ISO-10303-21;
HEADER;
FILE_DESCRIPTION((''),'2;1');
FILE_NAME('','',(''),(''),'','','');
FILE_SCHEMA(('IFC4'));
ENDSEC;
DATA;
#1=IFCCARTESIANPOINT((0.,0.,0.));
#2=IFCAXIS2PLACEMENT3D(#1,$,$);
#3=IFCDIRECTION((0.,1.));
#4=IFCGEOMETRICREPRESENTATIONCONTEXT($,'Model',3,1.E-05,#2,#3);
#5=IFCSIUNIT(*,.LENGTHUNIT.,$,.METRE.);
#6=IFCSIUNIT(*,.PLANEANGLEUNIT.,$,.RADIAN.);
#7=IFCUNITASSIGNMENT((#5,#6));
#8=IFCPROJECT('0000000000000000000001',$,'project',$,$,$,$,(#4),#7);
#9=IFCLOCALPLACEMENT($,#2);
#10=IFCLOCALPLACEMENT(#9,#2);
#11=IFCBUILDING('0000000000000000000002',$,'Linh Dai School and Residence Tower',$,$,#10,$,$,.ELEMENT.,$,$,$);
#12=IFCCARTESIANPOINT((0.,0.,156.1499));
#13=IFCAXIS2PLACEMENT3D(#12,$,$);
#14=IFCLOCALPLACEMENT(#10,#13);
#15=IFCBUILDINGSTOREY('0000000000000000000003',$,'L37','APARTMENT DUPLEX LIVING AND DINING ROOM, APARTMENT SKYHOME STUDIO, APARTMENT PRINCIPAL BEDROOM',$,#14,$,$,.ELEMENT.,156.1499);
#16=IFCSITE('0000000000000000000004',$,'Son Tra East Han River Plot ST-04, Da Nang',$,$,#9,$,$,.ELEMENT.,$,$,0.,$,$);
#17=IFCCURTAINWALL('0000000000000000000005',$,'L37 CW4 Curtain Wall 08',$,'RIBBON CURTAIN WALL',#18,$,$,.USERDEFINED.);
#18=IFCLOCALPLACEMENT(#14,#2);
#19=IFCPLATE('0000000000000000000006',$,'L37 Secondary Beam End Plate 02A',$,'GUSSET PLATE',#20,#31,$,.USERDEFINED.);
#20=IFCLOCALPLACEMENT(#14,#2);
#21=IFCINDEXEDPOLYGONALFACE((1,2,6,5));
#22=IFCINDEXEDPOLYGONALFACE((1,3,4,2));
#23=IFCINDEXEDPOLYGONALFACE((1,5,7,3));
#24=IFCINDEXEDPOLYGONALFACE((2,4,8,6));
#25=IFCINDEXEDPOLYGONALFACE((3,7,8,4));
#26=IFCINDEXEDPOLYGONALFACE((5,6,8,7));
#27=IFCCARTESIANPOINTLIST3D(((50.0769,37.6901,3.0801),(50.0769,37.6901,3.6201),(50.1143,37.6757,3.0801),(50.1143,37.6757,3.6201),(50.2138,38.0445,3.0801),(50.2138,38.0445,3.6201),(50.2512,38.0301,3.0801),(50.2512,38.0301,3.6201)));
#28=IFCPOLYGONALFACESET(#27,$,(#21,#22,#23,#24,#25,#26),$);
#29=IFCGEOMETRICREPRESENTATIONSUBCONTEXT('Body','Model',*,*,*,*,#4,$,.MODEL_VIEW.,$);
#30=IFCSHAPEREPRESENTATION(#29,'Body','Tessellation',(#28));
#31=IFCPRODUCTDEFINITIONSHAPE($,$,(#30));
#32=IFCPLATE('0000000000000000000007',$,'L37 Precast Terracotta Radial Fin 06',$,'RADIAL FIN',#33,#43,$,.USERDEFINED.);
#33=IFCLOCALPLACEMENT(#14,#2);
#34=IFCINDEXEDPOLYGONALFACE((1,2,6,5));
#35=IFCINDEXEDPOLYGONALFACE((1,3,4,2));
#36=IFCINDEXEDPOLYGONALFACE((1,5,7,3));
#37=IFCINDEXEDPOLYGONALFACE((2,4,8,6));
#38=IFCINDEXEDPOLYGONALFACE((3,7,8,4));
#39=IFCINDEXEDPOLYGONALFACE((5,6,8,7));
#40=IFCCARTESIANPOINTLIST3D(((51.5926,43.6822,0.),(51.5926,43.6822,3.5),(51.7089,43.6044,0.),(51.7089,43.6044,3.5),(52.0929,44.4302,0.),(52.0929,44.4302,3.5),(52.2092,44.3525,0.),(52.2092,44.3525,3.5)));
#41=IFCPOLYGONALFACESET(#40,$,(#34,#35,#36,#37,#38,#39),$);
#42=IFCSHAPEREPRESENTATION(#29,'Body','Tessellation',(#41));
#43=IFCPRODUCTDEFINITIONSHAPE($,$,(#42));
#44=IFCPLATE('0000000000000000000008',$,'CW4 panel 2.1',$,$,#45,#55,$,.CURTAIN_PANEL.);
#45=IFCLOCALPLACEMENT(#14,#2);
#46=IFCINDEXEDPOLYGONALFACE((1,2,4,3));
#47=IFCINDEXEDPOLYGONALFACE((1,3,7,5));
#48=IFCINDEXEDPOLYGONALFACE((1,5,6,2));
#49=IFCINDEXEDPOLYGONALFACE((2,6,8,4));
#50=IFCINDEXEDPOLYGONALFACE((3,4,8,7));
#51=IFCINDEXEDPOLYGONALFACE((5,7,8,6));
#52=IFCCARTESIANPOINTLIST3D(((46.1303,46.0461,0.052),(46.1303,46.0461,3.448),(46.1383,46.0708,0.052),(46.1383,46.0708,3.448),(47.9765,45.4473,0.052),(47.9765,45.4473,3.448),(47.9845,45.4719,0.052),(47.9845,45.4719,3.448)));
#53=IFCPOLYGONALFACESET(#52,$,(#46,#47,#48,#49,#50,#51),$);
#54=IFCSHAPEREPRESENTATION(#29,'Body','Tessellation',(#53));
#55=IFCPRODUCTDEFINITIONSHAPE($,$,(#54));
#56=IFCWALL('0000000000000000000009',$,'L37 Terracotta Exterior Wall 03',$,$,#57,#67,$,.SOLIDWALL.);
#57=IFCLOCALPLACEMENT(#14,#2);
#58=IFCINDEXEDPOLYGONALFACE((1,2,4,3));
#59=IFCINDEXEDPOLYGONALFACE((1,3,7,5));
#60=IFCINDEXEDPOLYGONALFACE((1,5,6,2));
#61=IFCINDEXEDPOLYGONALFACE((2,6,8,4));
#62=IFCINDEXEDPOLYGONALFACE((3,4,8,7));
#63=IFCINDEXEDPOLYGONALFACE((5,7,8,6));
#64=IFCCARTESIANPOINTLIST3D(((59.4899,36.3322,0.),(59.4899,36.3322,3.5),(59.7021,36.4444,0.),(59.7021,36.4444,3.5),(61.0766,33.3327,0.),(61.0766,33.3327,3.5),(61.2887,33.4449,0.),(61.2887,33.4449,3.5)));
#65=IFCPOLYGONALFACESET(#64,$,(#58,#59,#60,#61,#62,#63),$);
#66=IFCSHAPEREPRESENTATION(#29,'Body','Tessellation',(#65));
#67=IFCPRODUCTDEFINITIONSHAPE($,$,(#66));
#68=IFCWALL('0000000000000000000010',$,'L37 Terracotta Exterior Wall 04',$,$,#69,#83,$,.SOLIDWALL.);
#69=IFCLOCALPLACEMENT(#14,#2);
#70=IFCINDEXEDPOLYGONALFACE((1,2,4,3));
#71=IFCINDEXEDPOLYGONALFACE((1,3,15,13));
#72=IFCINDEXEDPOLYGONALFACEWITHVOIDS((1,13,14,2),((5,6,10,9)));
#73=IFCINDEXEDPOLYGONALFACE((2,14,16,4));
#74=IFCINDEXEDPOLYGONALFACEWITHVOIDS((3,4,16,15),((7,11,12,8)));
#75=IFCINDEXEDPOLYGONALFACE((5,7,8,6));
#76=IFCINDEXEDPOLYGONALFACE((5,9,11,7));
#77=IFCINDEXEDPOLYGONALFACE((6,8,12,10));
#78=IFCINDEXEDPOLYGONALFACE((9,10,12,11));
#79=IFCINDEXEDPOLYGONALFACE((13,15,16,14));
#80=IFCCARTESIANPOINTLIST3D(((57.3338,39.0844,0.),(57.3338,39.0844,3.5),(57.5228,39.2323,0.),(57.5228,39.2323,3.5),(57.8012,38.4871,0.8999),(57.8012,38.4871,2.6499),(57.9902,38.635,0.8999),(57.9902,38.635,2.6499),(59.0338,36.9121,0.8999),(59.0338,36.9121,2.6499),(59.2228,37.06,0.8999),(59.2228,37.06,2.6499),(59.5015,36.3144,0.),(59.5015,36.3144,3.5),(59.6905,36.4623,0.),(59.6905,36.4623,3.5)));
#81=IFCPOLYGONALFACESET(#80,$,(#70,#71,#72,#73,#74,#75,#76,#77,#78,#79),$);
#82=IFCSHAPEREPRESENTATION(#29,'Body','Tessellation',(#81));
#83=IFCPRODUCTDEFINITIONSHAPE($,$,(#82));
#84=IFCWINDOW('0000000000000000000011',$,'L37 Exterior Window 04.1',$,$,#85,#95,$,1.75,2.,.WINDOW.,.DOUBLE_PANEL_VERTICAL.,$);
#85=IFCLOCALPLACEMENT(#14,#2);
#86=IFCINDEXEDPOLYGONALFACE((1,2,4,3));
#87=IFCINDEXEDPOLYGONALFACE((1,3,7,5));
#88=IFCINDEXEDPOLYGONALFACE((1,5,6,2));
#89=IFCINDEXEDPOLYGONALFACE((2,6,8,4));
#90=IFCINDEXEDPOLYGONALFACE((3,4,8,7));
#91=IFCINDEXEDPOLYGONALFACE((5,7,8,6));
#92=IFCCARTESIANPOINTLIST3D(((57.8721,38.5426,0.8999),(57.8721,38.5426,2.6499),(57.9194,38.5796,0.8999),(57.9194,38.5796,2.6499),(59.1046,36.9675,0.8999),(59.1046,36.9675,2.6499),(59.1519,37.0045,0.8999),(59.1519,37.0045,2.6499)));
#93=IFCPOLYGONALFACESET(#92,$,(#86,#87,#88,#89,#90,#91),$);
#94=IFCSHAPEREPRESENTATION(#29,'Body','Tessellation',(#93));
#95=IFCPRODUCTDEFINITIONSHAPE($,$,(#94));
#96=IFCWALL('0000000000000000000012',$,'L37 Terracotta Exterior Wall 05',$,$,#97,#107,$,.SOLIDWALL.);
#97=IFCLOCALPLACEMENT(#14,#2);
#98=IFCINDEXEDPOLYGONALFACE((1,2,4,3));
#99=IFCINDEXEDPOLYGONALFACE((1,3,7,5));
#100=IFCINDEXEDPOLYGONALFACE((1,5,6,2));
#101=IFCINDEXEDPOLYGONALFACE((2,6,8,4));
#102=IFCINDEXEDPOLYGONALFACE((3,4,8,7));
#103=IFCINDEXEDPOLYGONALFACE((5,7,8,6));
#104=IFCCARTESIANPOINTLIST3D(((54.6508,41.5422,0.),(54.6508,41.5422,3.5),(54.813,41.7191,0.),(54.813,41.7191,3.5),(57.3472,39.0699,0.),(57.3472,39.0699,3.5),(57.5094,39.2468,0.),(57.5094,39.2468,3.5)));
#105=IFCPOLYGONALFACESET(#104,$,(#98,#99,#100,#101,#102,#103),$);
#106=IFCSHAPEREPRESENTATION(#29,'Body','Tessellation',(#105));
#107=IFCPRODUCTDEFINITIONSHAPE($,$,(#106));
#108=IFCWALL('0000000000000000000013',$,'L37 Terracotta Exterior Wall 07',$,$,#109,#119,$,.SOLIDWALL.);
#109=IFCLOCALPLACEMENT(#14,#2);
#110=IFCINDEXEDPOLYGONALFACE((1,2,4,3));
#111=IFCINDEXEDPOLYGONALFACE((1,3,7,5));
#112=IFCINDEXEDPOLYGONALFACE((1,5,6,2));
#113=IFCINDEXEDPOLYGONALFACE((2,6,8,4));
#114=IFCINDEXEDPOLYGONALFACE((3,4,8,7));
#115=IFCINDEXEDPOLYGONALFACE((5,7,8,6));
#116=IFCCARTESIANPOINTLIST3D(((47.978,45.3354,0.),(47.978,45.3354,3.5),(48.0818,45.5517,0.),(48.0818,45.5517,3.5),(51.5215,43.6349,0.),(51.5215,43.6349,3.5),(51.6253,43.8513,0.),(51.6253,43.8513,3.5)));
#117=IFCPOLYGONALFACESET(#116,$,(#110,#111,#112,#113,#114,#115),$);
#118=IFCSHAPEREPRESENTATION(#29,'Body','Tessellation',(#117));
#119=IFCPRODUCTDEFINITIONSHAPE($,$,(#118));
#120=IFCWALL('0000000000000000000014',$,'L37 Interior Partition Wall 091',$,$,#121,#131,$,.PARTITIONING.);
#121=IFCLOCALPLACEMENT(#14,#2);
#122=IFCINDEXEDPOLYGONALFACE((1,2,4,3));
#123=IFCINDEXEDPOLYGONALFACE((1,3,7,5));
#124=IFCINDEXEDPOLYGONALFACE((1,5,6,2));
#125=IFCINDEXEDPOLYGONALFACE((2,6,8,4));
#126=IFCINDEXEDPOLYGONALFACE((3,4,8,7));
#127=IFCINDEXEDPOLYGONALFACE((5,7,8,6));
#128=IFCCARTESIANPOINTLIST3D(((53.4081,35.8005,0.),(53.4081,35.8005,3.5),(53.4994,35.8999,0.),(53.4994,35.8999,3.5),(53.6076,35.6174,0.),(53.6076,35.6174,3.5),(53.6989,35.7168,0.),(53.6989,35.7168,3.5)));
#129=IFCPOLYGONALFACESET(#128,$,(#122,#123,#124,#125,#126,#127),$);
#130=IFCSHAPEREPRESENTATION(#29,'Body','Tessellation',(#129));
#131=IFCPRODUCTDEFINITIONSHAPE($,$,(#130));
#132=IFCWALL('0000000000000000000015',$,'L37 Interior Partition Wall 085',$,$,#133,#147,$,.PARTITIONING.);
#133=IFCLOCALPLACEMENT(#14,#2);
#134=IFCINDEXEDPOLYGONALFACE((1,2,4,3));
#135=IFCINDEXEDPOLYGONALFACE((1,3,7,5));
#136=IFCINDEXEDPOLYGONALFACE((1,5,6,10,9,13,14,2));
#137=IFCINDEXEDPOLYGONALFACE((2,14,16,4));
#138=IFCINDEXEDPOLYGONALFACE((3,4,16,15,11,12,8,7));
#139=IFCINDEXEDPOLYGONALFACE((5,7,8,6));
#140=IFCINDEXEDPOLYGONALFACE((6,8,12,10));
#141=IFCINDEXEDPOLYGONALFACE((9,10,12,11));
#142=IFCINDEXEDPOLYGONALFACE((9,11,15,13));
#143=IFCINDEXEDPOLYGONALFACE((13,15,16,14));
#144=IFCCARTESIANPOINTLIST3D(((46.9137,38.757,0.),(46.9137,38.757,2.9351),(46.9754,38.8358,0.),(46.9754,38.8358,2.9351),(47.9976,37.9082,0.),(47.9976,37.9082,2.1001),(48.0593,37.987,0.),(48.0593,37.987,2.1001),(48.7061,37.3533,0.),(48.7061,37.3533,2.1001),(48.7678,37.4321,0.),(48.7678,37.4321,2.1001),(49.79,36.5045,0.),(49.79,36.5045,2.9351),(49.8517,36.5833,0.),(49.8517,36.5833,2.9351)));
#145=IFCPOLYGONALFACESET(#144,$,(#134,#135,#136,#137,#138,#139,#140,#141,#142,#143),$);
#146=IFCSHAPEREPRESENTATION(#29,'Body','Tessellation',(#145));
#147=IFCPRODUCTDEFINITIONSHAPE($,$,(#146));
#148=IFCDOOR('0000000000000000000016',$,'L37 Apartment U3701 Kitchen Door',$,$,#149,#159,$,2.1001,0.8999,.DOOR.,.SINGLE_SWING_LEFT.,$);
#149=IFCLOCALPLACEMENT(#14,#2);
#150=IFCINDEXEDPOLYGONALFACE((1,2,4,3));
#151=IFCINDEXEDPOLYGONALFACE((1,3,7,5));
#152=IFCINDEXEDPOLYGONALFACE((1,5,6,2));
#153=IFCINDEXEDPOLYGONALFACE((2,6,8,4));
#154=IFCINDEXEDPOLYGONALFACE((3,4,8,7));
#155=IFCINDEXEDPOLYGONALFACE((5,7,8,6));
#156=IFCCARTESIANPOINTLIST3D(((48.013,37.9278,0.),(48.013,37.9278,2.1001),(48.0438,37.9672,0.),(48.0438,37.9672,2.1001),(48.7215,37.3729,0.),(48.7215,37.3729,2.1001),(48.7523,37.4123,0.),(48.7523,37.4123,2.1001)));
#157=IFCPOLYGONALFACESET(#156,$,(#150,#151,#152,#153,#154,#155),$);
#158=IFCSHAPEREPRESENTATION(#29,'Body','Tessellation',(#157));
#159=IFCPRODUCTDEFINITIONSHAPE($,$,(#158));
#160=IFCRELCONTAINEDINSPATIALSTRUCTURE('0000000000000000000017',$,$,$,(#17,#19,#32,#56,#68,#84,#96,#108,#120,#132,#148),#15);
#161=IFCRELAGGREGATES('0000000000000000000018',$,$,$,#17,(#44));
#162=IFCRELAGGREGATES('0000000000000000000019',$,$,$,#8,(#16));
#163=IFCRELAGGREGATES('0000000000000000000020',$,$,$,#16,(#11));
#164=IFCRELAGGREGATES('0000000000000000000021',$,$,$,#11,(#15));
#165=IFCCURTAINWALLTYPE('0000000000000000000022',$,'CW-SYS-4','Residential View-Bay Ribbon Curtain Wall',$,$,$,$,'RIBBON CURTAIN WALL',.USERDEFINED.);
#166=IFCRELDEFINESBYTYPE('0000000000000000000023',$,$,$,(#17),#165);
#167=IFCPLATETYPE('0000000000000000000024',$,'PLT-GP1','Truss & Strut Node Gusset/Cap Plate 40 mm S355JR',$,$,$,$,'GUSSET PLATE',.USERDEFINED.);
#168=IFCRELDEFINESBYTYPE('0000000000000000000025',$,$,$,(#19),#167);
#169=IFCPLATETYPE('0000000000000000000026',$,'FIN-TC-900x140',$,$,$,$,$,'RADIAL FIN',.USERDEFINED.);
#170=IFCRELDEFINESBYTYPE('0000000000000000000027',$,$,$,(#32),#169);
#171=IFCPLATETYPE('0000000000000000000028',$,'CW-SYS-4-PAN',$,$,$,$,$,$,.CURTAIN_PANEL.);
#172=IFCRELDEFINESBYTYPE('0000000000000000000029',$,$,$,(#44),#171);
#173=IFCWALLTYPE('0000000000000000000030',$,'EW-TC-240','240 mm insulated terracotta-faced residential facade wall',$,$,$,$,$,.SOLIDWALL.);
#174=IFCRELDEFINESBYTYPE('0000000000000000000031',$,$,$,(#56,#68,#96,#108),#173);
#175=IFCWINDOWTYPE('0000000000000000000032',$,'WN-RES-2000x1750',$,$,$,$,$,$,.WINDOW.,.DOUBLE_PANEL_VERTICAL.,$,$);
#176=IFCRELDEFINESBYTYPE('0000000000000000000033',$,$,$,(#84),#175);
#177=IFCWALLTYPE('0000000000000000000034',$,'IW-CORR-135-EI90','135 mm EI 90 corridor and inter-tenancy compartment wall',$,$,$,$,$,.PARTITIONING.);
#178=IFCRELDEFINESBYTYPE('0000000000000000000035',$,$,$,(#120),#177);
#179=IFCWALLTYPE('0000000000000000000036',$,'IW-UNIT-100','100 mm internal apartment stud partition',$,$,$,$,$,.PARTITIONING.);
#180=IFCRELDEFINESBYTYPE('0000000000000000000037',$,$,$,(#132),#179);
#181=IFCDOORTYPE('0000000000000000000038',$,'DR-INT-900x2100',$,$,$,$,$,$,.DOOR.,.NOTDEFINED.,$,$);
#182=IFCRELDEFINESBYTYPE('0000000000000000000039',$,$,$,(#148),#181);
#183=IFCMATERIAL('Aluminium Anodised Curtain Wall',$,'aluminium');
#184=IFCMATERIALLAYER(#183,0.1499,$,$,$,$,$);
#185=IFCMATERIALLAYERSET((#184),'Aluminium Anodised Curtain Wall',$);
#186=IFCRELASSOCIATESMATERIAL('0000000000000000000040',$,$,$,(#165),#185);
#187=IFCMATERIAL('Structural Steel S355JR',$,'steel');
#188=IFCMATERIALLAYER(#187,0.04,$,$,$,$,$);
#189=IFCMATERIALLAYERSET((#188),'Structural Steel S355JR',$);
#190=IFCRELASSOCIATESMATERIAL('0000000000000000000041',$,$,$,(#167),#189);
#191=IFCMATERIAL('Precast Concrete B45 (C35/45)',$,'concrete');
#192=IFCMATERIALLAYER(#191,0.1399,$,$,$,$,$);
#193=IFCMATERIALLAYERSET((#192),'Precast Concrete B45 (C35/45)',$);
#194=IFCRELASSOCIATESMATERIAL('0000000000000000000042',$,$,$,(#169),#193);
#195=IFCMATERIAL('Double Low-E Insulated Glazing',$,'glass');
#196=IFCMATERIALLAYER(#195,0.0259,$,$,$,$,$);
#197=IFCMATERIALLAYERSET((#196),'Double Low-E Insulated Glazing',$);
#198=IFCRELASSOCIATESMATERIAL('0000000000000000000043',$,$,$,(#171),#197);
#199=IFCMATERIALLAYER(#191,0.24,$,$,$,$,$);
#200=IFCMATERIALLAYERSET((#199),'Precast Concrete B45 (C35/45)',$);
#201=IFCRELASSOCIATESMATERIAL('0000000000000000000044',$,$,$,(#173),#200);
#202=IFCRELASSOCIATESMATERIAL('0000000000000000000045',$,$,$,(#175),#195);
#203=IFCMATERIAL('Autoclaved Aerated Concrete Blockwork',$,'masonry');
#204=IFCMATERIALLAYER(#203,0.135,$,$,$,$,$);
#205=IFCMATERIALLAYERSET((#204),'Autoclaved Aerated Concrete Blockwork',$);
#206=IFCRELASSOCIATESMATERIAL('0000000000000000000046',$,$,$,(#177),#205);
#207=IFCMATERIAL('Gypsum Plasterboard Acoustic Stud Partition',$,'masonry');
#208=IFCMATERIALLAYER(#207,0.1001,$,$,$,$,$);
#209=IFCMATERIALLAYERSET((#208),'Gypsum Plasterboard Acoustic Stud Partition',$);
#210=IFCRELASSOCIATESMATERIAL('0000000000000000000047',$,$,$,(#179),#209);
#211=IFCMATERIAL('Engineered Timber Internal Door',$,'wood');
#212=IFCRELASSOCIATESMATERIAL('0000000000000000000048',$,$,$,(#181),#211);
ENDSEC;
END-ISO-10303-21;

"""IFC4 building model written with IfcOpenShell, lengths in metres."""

from ifc_helpers import new_model, si_unit, direction, frame, frame_2d, origin, origin_2d, place, context, subcontext, project, spatial, rectangle, extrude, source, transform, mapped, material, layer, layer_set, type_object, element, fill, aggregate, save


model = new_model("IFC4")

# Units and contexts
model_context = context("Model", 3, precision=1e-05, world=origin(), true_north=direction((0.0, 1.0)))
body_context = subcontext(model_context, "Body", "Model", "MODEL_VIEW")
ifc_project = project(units=[si_unit("LENGTHUNIT", "METRE"), si_unit("PLANEANGLEUNIT", "RADIAN")], contexts=[model_context])

# Site, building, storey
site_placement = place(None, origin())
site = spatial("IfcSite", under=ifc_project, at=site_placement, Name="Son Tra East Han River Plot ST-04, Da Nang", CompositionType="ELEMENT", RefElevation=0.0)
building_placement = place(site_placement, origin())
building = spatial("IfcBuilding", under=site, at=building_placement, Name="Linh Dai School and Residence Tower", CompositionType="ELEMENT")
storey_placement = place(building_placement, frame((0.0, 0.0, 156.1499)))
storey = spatial("IfcBuildingStorey", under=building, at=storey_placement, Name="L37", Description="APARTMENT DUPLEX LIVING AND DINING ROOM, APARTMENT SKYHOME STUDIO, APARTMENT PRINCIPAL BEDROOM", CompositionType="ELEMENT", Elevation=156.1499)

# Shared definitions
ifc_material_1 = material(Name="Structural Steel S355JR", Category="steel")

# Curtain wall
ifc_material_2 = material(Name="Aluminium Anodised Curtain Wall", Category="aluminium")
ifc_layer_1 = layer(ifc_material_2, 0.1499)
ifc_layer_set_1 = layer_set([ifc_layer_1], Name="Aluminium Anodised Curtain Wall")
curtain_wall_type = type_object("IfcCurtainWallType", Name="CW-SYS-4", Description="Residential View-Bay Ribbon Curtain Wall", ElementType="RIBBON CURTAIN WALL", PredefinedType="USERDEFINED", material=ifc_layer_set_1)
curtain_wall_placement = place(storey_placement, origin())
curtain_wall = element("IfcCurtainWall", 1, at=curtain_wall_placement, inside=storey, type_object=curtain_wall_type, Name="L37 CW4 Curtain Wall 08", ObjectType="RIBBON CURTAIN WALL", PredefinedType="USERDEFINED")

# Plates
ifc_layer_2 = layer(ifc_material_1, 0.04)
ifc_layer_set_2 = layer_set([ifc_layer_2], Name="Structural Steel S355JR")
plate_type_1 = type_object("IfcPlateType", Name="PLT-GP1", Description="Truss & Strut Node Gusset/Cap Plate 40 mm S355JR", ElementType="GUSSET PLATE", PredefinedType="USERDEFINED", material=ifc_layer_set_2)
shared_shape_1 = source(origin(), body_context, "Body", "SweptSolid", [
    extrude(rectangle(XDim=0.04, YDim=0.3799, at=origin_2d()), origin(), (0.0, 0.0, 1.0), 0.54),
])
plate_1_placement = place(storey_placement, frame((50.1641, 37.8601, 3.0801), z_axis=(0.0, 0.0, 1.0), x_axis=(-0.932823, 0.360335, 0.0)))
element("IfcPlate", 2, at=plate_1_placement, inside=storey, type_object=plate_type_1, Name="L37 Secondary Beam End Plate 02A", ObjectType="GUSSET PLATE", PredefinedType="USERDEFINED", context=body_context, shape_type="MappedRepresentation", body=[
    mapped(shared_shape_1, transform((0.0, 0.0, 0.0), x_axis=(1.0, 0.0, 0.0), y_axis=(0.0, 1.0, 0.0), z_axis=(0.0, 0.0, 1.0), scale=1.0)),
])
ifc_material_3 = material(Name="Precast Concrete B45 (C35/45)", Category="concrete")
ifc_layer_3 = layer(ifc_material_3, 0.1399)
ifc_layer_set_3 = layer_set([ifc_layer_3], Name="Precast Concrete B45 (C35/45)")
plate_type_2 = type_object("IfcPlateType", Name="FIN-TC-900x140", ElementType="RADIAL FIN", PredefinedType="USERDEFINED", material=ifc_layer_set_3)
shared_shape_2 = source(origin(), body_context, "Body", "SweptSolid", [
    extrude(rectangle(XDim=0.8999, YDim=0.1399, at=origin_2d()), origin(), (0.0, 0.0, 1.0), 3.5),
])
plate_2_placement = place(storey_placement, frame((51.9009, 44.0173, 0.0), z_axis=(0.0, 0.0, 1.0), x_axis=(0.555931, 0.831228, 0.0)))
element("IfcPlate", 3, at=plate_2_placement, inside=storey, type_object=plate_type_2, Name="L37 Precast Terracotta Radial Fin 06", ObjectType="RADIAL FIN", PredefinedType="USERDEFINED", context=body_context, shape_type="MappedRepresentation", body=[
    mapped(shared_shape_2, transform((0.0, 0.0, 0.0), x_axis=(1.0, 0.0, 0.0), y_axis=(0.0, 1.0, 0.0), z_axis=(0.0, 0.0, 1.0), scale=1.0)),
])

# Plate
ifc_material_4 = material(Name="Double Low-E Insulated Glazing", Category="glass")
ifc_layer_4 = layer(ifc_material_4, 0.0259)
ifc_layer_set_4 = layer_set([ifc_layer_4], Name="Double Low-E Insulated Glazing")
plate_type_3 = type_object("IfcPlateType", Name="CW-SYS-4-PAN", PredefinedType="CURTAIN_PANEL", material=ifc_layer_set_4)
shared_shape_3 = source(origin(), body_context, "Body", "SweptSolid", [
    extrude(rectangle(XDim=1.9409, YDim=0.0259, at=origin_2d()), origin(), (0.0, 0.0, 1.0), 3.396),
])
plate_3_placement = place(storey_placement, frame((47.0574, 45.759, 0.052), z_axis=(0.0, 0.0, 1.0), x_axis=(0.951213, -0.308536, 0.0)))
plate_3 = element("IfcPlate", 4, at=plate_3_placement, type_object=plate_type_3, Name="CW4 panel 2.1", PredefinedType="CURTAIN_PANEL", context=body_context, shape_type="MappedRepresentation", body=[
    mapped(shared_shape_3, transform((0.0, 0.0, 0.0), x_axis=(1.0, 0.0, 0.0), y_axis=(0.0, 1.0, 0.0), z_axis=(0.0, 0.0, 1.0), scale=1.0)),
])
aggregate(curtain_wall, [plate_3])

# Wall
ifc_layer_5 = layer(ifc_material_3, 0.24)
ifc_layer_set_5 = layer_set([ifc_layer_5], Name="Precast Concrete B45 (C35/45)")
wall_type_1 = type_object("IfcWallType", Name="EW-TC-240", Description="240 mm insulated terracotta-faced residential facade wall", PredefinedType="SOLIDWALL", material=ifc_layer_set_5)
wall_1_placement = place(storey_placement, frame((59.5959, 36.3884, 0.0), z_axis=(0.0, 0.0, 1.0), x_axis=(0.467587, -0.883947, 0.0)))
element("IfcWall", 5, at=wall_1_placement, inside=storey, type_object=wall_type_1, Name="L37 Terracotta Exterior Wall 03", PredefinedType="SOLIDWALL", context=body_context, shape_type="SweptSolid", body=[
    extrude(rectangle(XDim=3.3933, YDim=0.24, at=frame_2d((1.6968, 0.0))), origin(), (0.0, 0.0, 1.0), 3.5),
])

# Wall, opening, window
wall_2_placement = place(storey_placement, frame((57.4282, 39.1584, 0.0), z_axis=(0.0, 0.0, 1.0), x_axis=(0.616288, -0.787521, 0.0)))
wall_2 = element("IfcWall", 6, at=wall_2_placement, inside=storey, type_object=wall_type_1, Name="L37 Terracotta Exterior Wall 04", PredefinedType="SOLIDWALL", context=body_context, shape_type="SweptSolid", body=[
    extrude(rectangle(XDim=3.5173, YDim=0.24, at=frame_2d((1.7588, 0.0))), origin(), (0.0, 0.0, 1.0), 3.5),
])
opening_1_placement = place(wall_2_placement, frame((0.7585, 0.0, 0.8999)))
opening_1 = element("IfcOpeningElement", 7, at=opening_1_placement, cuts=wall_2, PredefinedType="OPENING", context=body_context, shape_type="SweptSolid", body=[
    extrude(rectangle(XDim=2.0, YDim=1.75, at=origin_2d()), frame((1.0, 0.1299, 0.875), z_axis=(0.0, -1.0, 0.0), x_axis=(1.0, 0.0, 0.0)), (0.0, 0.0, 1.0), 0.26),
])
window_type = type_object("IfcWindowType", Name="WN-RES-2000x1750", PartitioningType="DOUBLE_PANEL_VERTICAL", PredefinedType="WINDOW", material=ifc_material_4)
shared_shape_4 = source(origin(), body_context, "Body", "SweptSolid", [
    extrude(rectangle(XDim=2.0, YDim=1.75, at=origin_2d()), frame((1.0, 0.03, 0.875), z_axis=(0.0, -1.0, 0.0), x_axis=(1.0, 0.0, 0.0)), (0.0, 0.0, 1.0), 0.0601),
])
window_placement = place(opening_1_placement, origin())
window = element("IfcWindow", 8, at=window_placement, inside=storey, type_object=window_type, Name="L37 Exterior Window 04.1", OverallHeight=1.75, OverallWidth=2.0, PartitioningType="DOUBLE_PANEL_VERTICAL", PredefinedType="WINDOW", context=body_context, shape_type="MappedRepresentation", body=[
    mapped(shared_shape_4, transform((0.0, 0.0, 0.0), x_axis=(1.0, 0.0, 0.0), y_axis=(0.0, 1.0, 0.0), z_axis=(0.0, 0.0, 1.0), scale=1.0)),
])
fill(opening_1, window)

# Wall
wall_3_placement = place(storey_placement, frame((54.7319, 41.6306, 0.0), z_axis=(0.0, 0.0, 1.0), x_axis=(0.737077, -0.675809, 0.0)))
element("IfcWall", 9, at=wall_3_placement, inside=storey, type_object=wall_type_1, Name="L37 Terracotta Exterior Wall 05", PredefinedType="SOLIDWALL", context=body_context, shape_type="SweptSolid", body=[
    extrude(rectangle(XDim=3.6582, YDim=0.24, at=frame_2d((1.8291, 0.0))), origin(), (0.0, 0.0, 1.0), 3.5),
])

# Walls
wall_4_placement = place(storey_placement, frame((48.0298, 45.4436, 0.0), z_axis=(0.0, 0.0, 1.0), x_axis=(0.901565, -0.432644, 0.0)))
element("IfcWall", 10, at=wall_4_placement, inside=storey, type_object=wall_type_1, Name="L37 Terracotta Exterior Wall 07", PredefinedType="SOLIDWALL", context=body_context, shape_type="SweptSolid", body=[
    extrude(rectangle(XDim=3.9304, YDim=0.24, at=frame_2d((1.9653, 0.0))), origin(), (0.0, 0.0, 1.0), 3.5),
])
ifc_material_5 = material(Name="Autoclaved Aerated Concrete Blockwork", Category="masonry")
ifc_layer_6 = layer(ifc_material_5, 0.135)
ifc_layer_set_6 = layer_set([ifc_layer_6], Name="Autoclaved Aerated Concrete Blockwork")
wall_type_2 = type_object("IfcWallType", Name="IW-CORR-135-EI90", Description="135 mm EI 90 corridor and inter-tenancy compartment wall", PredefinedType="PARTITIONING", material=ifc_layer_set_6)
wall_5_placement = place(storey_placement, frame((53.4539, 35.8501, 0.0), z_axis=(0.0, 0.0, 1.0), x_axis=(0.736667, -0.676255, 0.0)))
element("IfcWall", 11, at=wall_5_placement, inside=storey, type_object=wall_type_2, Name="L37 Interior Partition Wall 091", PredefinedType="PARTITIONING", context=body_context, shape_type="SweptSolid", body=[
    extrude(rectangle(XDim=0.2708, YDim=0.135, at=frame_2d((0.1353, 0.0))), origin(), (0.0, 0.0, 1.0), 3.5),
])

# Wall, opening, door
ifc_material_6 = material(Name="Gypsum Plasterboard Acoustic Stud Partition", Category="masonry")
ifc_layer_7 = layer(ifc_material_6, 0.1001)
ifc_layer_set_7 = layer_set([ifc_layer_7], Name="Gypsum Plasterboard Acoustic Stud Partition")
wall_type_3 = type_object("IfcWallType", Name="IW-UNIT-100", Description="100 mm internal apartment stud partition", PredefinedType="PARTITIONING", material=ifc_layer_set_7)
wall_6_placement = place(storey_placement, frame((46.9446, 38.7964, 0.0), z_axis=(0.0, 0.0, 1.0), x_axis=(0.787308, -0.616561, 0.0)))
wall_6 = element("IfcWall", 12, at=wall_6_placement, inside=storey, type_object=wall_type_3, Name="L37 Interior Partition Wall 085", PredefinedType="PARTITIONING", context=body_context, shape_type="SweptSolid", body=[
    extrude(rectangle(XDim=3.6533, YDim=0.1001, at=frame_2d((1.8267, 0.0))), origin(), (0.0, 0.0, 1.0), 2.9351),
])
opening_2_placement = place(wall_6_placement, frame((1.3767, 0.0, 0.0)))
opening_2 = element("IfcOpeningElement", 13, at=opening_2_placement, cuts=wall_6, PredefinedType="OPENING", context=body_context, shape_type="SweptSolid", body=[
    extrude(rectangle(XDim=0.8999, YDim=2.1001, at=origin_2d()), frame((0.45, 0.0601, 1.05), z_axis=(0.0, -1.0, 0.0), x_axis=(1.0, 0.0, 0.0)), (0.0, 0.0, 1.0), 0.1201),
])
ifc_material_7 = material(Name="Engineered Timber Internal Door", Category="wood")
door_type_1 = type_object("IfcDoorType", Name="DR-INT-900x2100", OperationType="NOTDEFINED", PredefinedType="DOOR", material=ifc_material_7)
shared_shape_5 = source(origin(), body_context, "Body", "SweptSolid", [
    extrude(rectangle(XDim=0.8999, YDim=2.1001, at=origin_2d()), frame((0.45, 0.0249, 1.05), z_axis=(0.0, -1.0, 0.0), x_axis=(1.0, 0.0, 0.0)), (0.0, 0.0, 1.0), 0.05),
])
door_1_placement = place(opening_2_placement, origin())
door_1 = element("IfcDoor", 14, at=door_1_placement, inside=storey, type_object=door_type_1, Name="L37 Apartment U3701 Kitchen Door", OperationType="SINGLE_SWING_LEFT", OverallHeight=2.1001, OverallWidth=0.8999, PredefinedType="DOOR", context=body_context, shape_type="MappedRepresentation", body=[
    mapped(shared_shape_5, transform((0.0, 0.0, 0.0), x_axis=(1.0, 0.0, 0.0), y_axis=(0.0, 1.0, 0.0), z_axis=(0.0, 0.0, 1.0), scale=1.0)),
])
fill(opening_2, door_1)

save(model, "model.ifc")
